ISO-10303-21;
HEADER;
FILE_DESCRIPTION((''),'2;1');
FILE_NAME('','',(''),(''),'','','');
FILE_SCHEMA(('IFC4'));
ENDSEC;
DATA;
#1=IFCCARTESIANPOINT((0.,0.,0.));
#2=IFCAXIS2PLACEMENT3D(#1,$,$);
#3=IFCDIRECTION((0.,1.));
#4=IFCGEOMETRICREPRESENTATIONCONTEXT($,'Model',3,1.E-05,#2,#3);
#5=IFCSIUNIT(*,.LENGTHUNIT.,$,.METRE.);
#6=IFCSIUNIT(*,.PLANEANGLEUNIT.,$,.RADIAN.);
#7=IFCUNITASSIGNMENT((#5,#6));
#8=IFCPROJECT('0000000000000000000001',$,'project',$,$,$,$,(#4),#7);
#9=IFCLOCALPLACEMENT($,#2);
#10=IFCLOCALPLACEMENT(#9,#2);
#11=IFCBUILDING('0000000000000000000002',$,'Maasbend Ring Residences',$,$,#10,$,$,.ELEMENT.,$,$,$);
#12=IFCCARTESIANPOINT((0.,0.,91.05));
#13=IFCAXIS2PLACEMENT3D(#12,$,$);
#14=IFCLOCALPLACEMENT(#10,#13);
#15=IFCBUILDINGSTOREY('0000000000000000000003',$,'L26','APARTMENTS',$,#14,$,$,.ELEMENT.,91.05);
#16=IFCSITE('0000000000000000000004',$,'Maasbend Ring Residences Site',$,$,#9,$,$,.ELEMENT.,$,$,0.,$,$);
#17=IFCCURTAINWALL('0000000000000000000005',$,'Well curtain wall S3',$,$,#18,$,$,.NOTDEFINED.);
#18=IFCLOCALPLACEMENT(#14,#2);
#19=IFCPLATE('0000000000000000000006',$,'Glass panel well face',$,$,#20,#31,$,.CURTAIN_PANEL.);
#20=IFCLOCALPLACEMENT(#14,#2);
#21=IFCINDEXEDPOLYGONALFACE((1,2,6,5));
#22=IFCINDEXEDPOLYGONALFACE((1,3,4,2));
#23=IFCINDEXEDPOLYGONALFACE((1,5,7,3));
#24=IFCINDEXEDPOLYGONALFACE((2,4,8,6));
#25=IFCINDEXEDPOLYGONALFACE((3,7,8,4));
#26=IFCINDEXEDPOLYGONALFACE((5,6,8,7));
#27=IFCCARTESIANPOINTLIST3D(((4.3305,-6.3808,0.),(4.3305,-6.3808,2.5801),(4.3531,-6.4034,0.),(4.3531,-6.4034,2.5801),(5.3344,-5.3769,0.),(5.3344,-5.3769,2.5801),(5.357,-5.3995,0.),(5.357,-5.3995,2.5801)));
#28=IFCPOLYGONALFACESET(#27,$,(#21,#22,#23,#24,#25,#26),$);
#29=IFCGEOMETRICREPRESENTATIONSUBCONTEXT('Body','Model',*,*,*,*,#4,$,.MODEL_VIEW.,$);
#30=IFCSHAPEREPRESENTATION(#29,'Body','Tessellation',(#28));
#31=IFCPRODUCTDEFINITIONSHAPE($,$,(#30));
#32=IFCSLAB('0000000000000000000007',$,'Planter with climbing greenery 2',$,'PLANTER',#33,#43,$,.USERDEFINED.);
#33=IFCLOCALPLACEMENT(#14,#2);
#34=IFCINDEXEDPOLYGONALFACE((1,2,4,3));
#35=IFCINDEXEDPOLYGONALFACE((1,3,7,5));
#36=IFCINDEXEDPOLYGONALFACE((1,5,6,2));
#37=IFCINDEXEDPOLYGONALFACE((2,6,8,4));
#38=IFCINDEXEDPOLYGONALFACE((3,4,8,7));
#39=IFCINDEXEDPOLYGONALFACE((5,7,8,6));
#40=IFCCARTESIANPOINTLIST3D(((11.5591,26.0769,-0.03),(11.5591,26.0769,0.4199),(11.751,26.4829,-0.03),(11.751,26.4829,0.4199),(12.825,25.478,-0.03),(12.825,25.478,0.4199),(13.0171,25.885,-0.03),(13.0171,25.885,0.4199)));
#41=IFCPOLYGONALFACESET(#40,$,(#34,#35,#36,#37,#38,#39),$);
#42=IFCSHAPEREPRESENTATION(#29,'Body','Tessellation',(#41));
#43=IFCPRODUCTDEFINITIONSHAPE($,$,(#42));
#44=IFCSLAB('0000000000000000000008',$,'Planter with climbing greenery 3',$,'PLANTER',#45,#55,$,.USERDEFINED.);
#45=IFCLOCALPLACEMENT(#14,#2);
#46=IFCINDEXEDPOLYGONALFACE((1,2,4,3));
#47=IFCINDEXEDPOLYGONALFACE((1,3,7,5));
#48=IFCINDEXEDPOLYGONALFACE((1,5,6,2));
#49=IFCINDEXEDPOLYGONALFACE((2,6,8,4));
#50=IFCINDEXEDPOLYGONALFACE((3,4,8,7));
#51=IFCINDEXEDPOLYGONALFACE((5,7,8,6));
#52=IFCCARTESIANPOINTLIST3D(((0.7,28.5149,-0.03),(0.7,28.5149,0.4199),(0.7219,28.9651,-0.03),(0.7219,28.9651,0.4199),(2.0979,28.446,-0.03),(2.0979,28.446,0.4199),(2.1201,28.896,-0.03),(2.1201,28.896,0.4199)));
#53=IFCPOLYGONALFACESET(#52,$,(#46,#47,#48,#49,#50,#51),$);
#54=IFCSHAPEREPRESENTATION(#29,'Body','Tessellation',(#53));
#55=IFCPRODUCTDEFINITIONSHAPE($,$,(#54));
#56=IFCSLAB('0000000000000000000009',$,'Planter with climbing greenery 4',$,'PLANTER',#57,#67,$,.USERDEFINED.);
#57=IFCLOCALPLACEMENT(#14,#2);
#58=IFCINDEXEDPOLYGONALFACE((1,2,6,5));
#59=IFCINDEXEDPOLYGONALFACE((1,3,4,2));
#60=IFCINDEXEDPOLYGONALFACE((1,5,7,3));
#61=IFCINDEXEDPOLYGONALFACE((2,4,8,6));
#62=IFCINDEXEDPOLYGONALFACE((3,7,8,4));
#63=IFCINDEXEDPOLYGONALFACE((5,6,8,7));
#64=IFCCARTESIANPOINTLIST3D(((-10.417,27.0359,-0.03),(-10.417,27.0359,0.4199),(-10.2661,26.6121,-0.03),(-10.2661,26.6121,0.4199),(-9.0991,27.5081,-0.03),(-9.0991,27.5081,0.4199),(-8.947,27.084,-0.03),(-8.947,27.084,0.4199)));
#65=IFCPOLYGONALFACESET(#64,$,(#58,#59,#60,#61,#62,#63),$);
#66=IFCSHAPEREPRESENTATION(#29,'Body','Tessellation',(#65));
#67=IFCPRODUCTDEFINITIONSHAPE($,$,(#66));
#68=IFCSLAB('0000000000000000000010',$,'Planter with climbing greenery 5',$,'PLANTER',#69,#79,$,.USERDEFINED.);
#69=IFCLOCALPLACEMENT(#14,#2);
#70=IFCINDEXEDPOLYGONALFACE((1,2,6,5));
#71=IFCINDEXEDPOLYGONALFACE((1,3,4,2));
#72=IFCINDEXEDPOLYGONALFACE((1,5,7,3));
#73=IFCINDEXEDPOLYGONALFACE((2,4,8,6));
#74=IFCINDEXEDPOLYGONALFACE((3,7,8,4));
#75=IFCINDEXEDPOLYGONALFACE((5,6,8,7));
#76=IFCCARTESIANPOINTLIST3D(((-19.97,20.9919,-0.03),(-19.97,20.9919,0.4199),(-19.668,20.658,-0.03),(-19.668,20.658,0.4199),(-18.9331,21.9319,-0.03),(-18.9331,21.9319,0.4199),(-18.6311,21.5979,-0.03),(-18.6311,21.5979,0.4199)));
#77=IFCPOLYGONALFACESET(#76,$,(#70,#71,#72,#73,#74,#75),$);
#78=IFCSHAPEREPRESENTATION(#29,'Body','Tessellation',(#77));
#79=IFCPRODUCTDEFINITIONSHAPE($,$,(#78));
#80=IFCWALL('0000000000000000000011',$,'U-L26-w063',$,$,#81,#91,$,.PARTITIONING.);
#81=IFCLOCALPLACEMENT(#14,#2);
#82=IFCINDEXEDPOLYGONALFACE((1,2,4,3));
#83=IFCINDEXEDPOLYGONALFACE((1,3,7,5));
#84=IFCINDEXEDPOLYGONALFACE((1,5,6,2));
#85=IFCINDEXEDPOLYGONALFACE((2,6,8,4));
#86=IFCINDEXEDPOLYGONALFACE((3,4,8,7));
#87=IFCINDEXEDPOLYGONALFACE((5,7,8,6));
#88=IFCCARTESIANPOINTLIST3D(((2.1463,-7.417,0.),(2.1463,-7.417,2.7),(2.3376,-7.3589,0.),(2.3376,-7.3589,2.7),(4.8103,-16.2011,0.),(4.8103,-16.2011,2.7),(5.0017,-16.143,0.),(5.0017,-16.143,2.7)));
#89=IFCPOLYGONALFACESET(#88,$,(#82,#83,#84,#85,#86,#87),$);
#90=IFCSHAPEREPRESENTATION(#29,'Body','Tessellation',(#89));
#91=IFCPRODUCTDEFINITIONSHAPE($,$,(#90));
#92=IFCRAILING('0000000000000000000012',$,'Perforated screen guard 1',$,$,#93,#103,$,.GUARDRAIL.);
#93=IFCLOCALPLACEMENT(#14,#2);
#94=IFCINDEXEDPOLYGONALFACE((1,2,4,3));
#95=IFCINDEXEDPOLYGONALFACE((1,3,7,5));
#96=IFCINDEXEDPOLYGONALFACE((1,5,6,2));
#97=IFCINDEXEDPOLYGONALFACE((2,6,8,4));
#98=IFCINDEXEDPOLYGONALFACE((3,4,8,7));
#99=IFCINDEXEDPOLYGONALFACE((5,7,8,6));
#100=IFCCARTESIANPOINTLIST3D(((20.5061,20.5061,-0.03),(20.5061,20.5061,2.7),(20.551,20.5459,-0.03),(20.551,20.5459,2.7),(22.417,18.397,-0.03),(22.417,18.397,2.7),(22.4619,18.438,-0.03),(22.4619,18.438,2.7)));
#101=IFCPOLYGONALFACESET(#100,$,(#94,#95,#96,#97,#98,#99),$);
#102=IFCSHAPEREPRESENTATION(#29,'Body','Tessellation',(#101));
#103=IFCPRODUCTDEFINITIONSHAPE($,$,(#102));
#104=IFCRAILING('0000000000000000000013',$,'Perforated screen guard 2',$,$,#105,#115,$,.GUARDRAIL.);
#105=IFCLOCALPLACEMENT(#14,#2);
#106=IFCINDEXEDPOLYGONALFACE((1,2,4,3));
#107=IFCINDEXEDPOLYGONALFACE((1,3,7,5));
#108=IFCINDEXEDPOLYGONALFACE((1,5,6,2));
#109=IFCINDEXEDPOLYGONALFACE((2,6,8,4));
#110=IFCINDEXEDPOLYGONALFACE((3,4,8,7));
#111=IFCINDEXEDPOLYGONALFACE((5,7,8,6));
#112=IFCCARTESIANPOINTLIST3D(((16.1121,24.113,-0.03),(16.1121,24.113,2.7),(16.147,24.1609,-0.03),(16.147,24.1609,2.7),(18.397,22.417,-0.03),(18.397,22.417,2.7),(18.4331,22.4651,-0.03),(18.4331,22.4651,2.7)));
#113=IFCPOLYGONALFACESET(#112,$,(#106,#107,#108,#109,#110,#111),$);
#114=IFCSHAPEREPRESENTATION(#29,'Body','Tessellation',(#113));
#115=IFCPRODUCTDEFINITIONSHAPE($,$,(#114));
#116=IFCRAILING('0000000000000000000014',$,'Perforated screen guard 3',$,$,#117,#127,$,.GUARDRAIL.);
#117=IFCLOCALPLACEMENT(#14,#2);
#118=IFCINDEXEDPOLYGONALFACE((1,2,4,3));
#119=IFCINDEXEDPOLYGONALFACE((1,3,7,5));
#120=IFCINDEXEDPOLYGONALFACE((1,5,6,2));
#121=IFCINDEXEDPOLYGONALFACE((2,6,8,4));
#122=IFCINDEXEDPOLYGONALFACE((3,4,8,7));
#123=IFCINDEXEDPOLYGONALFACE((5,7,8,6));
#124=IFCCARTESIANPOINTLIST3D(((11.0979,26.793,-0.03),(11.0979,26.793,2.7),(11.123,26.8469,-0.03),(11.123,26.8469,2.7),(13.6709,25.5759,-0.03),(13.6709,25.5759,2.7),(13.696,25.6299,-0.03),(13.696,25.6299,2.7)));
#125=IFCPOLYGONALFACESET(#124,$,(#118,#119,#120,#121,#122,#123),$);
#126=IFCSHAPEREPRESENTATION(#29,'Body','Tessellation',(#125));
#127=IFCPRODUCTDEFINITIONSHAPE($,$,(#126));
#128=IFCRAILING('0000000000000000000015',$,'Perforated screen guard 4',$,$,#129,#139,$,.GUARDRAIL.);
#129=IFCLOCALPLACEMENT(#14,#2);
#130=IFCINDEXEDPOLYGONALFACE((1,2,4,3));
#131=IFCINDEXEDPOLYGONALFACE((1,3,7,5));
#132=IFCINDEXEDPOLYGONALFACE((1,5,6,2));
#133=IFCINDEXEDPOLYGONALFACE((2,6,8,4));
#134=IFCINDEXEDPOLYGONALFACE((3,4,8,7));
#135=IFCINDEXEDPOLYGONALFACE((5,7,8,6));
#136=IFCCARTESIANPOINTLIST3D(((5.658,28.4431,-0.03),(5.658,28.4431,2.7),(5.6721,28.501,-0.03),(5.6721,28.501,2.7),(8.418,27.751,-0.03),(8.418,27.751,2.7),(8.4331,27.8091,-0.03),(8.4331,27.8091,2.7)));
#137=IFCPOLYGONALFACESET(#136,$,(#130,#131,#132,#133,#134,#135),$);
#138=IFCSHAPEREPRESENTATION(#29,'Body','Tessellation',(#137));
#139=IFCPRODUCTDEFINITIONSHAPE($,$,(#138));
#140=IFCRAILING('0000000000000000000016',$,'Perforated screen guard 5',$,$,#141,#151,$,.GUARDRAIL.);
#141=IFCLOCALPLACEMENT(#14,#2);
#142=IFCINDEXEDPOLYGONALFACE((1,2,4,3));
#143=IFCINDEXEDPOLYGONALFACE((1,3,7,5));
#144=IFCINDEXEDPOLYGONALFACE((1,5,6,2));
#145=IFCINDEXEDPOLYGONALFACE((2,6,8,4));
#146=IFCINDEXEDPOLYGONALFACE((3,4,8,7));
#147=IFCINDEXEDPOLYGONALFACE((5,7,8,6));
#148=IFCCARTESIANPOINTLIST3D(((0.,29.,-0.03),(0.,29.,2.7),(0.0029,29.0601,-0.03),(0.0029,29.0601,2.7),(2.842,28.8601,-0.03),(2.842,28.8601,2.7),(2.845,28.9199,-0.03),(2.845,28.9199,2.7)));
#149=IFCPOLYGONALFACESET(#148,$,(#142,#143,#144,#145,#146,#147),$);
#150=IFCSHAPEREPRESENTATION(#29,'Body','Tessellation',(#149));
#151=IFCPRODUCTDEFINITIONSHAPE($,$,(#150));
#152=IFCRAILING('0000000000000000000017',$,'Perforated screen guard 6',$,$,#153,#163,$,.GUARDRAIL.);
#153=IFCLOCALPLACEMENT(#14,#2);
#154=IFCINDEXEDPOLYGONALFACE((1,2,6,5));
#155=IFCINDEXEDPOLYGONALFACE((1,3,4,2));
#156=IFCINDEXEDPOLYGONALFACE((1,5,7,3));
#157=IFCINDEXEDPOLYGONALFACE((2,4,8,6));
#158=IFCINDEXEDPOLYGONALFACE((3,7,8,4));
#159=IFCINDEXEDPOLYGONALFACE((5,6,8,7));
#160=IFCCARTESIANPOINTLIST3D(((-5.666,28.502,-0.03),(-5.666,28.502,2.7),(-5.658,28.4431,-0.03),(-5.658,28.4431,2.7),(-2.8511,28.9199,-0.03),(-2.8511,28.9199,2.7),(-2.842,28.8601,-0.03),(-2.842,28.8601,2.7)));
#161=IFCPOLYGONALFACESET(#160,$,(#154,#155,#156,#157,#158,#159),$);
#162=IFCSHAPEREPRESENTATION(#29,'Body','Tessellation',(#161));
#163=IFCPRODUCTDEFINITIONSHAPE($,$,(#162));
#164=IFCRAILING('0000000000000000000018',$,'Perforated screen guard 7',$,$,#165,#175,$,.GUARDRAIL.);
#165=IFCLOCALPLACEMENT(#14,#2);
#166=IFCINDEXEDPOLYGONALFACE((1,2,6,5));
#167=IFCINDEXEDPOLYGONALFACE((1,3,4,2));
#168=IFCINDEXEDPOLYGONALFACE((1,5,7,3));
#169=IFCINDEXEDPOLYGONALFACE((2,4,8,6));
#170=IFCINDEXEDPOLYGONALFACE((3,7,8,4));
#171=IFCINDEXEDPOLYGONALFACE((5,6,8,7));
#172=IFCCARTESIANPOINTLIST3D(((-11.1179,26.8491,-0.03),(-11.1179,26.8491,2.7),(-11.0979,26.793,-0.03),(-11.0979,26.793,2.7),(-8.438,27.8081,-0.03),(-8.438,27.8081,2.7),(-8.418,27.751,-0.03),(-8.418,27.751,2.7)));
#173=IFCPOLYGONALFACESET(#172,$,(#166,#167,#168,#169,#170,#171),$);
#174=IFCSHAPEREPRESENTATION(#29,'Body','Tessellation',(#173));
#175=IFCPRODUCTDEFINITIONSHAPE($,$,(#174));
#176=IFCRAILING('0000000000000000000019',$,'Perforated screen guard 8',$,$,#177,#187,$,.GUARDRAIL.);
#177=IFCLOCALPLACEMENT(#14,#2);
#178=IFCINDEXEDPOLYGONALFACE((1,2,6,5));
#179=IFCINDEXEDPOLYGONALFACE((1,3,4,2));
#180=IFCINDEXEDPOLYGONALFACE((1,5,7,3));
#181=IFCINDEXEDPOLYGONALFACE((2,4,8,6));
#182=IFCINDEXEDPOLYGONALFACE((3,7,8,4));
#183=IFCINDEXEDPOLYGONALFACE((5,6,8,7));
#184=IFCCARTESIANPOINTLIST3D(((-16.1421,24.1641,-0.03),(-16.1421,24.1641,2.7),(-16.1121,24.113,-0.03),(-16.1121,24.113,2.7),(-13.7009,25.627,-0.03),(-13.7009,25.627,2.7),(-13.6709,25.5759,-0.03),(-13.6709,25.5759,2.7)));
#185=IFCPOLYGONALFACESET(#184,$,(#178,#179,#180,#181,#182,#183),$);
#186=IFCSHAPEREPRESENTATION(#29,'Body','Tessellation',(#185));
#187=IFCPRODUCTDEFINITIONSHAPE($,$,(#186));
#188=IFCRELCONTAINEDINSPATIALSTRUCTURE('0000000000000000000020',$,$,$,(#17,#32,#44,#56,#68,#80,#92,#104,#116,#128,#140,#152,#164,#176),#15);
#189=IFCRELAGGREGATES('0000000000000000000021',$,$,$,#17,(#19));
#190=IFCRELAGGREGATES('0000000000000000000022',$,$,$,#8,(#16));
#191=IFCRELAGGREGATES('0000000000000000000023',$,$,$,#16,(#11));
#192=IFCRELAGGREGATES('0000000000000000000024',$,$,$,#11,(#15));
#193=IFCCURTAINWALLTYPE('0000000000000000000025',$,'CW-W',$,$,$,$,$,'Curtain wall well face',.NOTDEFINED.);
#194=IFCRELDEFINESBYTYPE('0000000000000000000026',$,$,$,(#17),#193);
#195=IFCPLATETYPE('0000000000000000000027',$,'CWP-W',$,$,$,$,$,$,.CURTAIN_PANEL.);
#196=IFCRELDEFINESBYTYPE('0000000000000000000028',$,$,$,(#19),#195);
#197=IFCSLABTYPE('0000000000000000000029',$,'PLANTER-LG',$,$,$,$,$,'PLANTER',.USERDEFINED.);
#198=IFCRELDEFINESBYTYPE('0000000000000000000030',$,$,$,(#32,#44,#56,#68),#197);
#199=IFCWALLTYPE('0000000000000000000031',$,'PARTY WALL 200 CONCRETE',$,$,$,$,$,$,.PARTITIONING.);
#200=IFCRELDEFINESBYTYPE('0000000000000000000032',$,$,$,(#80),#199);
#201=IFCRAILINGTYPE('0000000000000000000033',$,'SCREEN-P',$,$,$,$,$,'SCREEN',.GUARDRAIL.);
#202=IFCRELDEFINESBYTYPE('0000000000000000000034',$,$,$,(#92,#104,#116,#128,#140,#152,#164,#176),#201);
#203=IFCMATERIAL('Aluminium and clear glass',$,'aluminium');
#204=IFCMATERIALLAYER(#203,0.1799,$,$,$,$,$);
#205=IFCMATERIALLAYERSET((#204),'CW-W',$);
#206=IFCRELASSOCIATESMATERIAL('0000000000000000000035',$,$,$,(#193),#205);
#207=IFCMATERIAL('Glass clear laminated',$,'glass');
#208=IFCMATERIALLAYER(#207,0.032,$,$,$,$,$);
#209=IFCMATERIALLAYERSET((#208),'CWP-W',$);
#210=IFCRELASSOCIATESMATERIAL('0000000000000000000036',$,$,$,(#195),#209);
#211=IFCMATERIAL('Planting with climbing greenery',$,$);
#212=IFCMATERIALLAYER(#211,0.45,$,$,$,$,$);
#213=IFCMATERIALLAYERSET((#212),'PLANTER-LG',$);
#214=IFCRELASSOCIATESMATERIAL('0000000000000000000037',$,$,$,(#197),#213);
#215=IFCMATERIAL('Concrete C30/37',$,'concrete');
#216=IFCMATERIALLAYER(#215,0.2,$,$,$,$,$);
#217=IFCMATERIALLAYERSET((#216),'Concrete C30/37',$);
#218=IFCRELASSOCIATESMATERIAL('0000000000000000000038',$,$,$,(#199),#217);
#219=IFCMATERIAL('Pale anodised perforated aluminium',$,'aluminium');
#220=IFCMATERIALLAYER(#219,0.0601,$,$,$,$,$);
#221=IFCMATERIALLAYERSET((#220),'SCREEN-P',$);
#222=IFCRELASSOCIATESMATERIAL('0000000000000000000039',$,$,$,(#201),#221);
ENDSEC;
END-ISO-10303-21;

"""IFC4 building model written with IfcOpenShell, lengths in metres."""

from ifc_helpers import new_model, si_unit, direction, frame, frame_2d, origin, origin_2d, place, context, subcontext, project, spatial, polyline, rectangle, outline, extrude, material, layer, layer_set, type_object, element, aggregate, save


model = new_model("IFC4")

# Units and contexts
model_context = context("Model", 3, precision=1e-05, world=origin(), true_north=direction((0.0, 1.0)))
body_context = subcontext(model_context, "Body", "Model", "MODEL_VIEW")
ifc_project = project(units=[si_unit("LENGTHUNIT", "METRE"), si_unit("PLANEANGLEUNIT", "RADIAN")], contexts=[model_context])

# Site, building, storey
site_placement = place(None, origin())
site = spatial("IfcSite", under=ifc_project, at=site_placement, Name="Maasbend Ring Residences Site", CompositionType="ELEMENT", RefElevation=0.0)
building_placement = place(site_placement, origin())
building = spatial("IfcBuilding", under=site, at=building_placement, Name="Maasbend Ring Residences", CompositionType="ELEMENT")
storey_placement = place(building_placement, frame((0.0, 0.0, 91.05)))
storey = spatial("IfcBuildingStorey", under=building, at=storey_placement, Name="L26", Description="APARTMENTS", CompositionType="ELEMENT", Elevation=91.05)

# Shared definitions
ifc_material_1 = material(Name="Aluminium and clear glass", Category="aluminium")
ifc_layer_1 = layer(ifc_material_1, 0.1799)
ifc_layer_set_1 = layer_set([ifc_layer_1], Name="CW-W")
curtain_wall_type = type_object("IfcCurtainWallType", Name="CW-W", ElementType="Curtain wall well face", PredefinedType="NOTDEFINED", material=ifc_layer_set_1)

# Curtain wall
curtain_wall_1_placement = place(storey_placement, origin())
curtain_wall_1 = element("IfcCurtainWall", 1, at=curtain_wall_1_placement, inside=storey, type_object=curtain_wall_type, Name="Well curtain wall S3", PredefinedType="NOTDEFINED")

# Plate
ifc_material_2 = material(Name="Glass clear laminated", Category="glass")
ifc_layer_2 = layer(ifc_material_2, 0.032)
ifc_layer_set_2 = layer_set([ifc_layer_2], Name="CWP-W")
plate_type = type_object("IfcPlateType", Name="CWP-W", PredefinedType="CURTAIN_PANEL", material=ifc_layer_set_2)
plate_1_placement = place(storey_placement, frame((4.8438, -5.8901, 0.0), z_axis=(0.0, 0.0, 1.0), x_axis=(0.707107, 0.707107, 0.0)))
plate_1 = element("IfcPlate", 2, at=plate_1_placement, type_object=plate_type, Name="Glass panel well face", PredefinedType="CURTAIN_PANEL", context=body_context, shape_type="SweptSolid", body=[
    extrude(rectangle(XDim=1.4197, YDim=0.032, at=origin_2d()), origin(), (0.0, 0.0, 1.0), 2.5801),
])
aggregate(curtain_wall_1, [plate_1])

# Slabs
ifc_material_3 = material(Name="Planting with climbing greenery")
ifc_layer_3 = layer(ifc_material_3, 0.45)
ifc_layer_set_3 = layer_set([ifc_layer_3], Name="PLANTER-LG")
slab_type_1 = type_object("IfcSlabType", Name="PLANTER-LG", ElementType="PLANTER", PredefinedType="USERDEFINED", material=ifc_layer_set_3)
slab_1_placement = place(storey_placement, frame((0.0, 0.0, -0.03)))
element("IfcSlab", 3, at=slab_1_placement, inside=storey, type_object=slab_type_1, Name="Planter with climbing greenery 2", ObjectType="PLANTER", PredefinedType="USERDEFINED", context=body_context, shape_type="SweptSolid", body=[
    extrude(outline(polyline([(13.0171, 25.885), (11.751, 26.4829), (11.5591, 26.0769), (12.825, 25.478), (13.0171, 25.885)])), origin(), (0.0, 0.0, 1.0), 0.45),
])
slab_2_placement = place(storey_placement, frame((0.0, 0.0, -0.03)))
element("IfcSlab", 4, at=slab_2_placement, inside=storey, type_object=slab_type_1, Name="Planter with climbing greenery 3", ObjectType="PLANTER", PredefinedType="USERDEFINED", context=body_context, shape_type="SweptSolid", body=[
    extrude(outline(polyline([(2.1201, 28.896), (0.7219, 28.9651), (0.7, 28.5149), (2.0979, 28.446), (2.1201, 28.896)])), origin(), (0.0, 0.0, 1.0), 0.45),
])
slab_3_placement = place(storey_placement, frame((0.0, 0.0, -0.03)))
element("IfcSlab", 5, at=slab_3_placement, inside=storey, type_object=slab_type_1, Name="Planter with climbing greenery 4", ObjectType="PLANTER", PredefinedType="USERDEFINED", context=body_context, shape_type="SweptSolid", body=[
    extrude(outline(polyline([(-9.0991, 27.5081), (-10.417, 27.0359), (-10.2661, 26.6121), (-8.947, 27.084), (-9.0991, 27.5081)])), origin(), (0.0, 0.0, 1.0), 0.45),
])
slab_4_placement = place(storey_placement, frame((0.0, 0.0, -0.03)))
element("IfcSlab", 6, at=slab_4_placement, inside=storey, type_object=slab_type_1, Name="Planter with climbing greenery 5", ObjectType="PLANTER", PredefinedType="USERDEFINED", context=body_context, shape_type="SweptSolid", body=[
    extrude(outline(polyline([(-18.9331, 21.9319), (-19.97, 20.9919), (-19.668, 20.658), (-18.6311, 21.5979), (-18.9331, 21.9319)])), origin(), (0.0, 0.0, 1.0), 0.45),
])

# Wall
ifc_material_4 = material(Name="Concrete C30/37", Category="concrete")
ifc_layer_4 = layer(ifc_material_4, 0.2)
ifc_layer_set_4 = layer_set([ifc_layer_4], Name="Concrete C30/37")
wall_type = type_object("IfcWallType", Name="PARTY WALL 200 CONCRETE", PredefinedType="PARTITIONING", material=ifc_layer_set_4)
wall_placement = place(storey_placement, frame((2.2419, -7.3879, 0.0), z_axis=(0.0, 0.0, 1.0), x_axis=(0.290226, -0.956958, 0.0)))
element("IfcWall", 7, at=wall_placement, inside=storey, type_object=wall_type, Name="U-L26-w063", PredefinedType="PARTITIONING", context=body_context, shape_type="SweptSolid", body=[
    extrude(rectangle(XDim=9.1792, YDim=0.2, at=frame_2d((4.5896, 0.0))), origin(), (0.0, 0.0, 1.0), 2.7),
])

# Railings
ifc_material_5 = material(Name="Pale anodised perforated aluminium", Category="aluminium")
ifc_layer_5 = layer(ifc_material_5, 0.0601)
ifc_layer_set_5 = layer_set([ifc_layer_5], Name="SCREEN-P")
railing_type = type_object("IfcRailingType", Name="SCREEN-P", ElementType="SCREEN", PredefinedType="GUARDRAIL", material=ifc_layer_set_5)
railing_1_placement = place(storey_placement, frame((0.0, 0.0, -0.03)))
element("IfcRailing", 8, at=railing_1_placement, inside=storey, type_object=railing_type, Name="Perforated screen guard 1", PredefinedType="GUARDRAIL", context=body_context, shape_type="SweptSolid", body=[
    extrude(outline(polyline([(22.417, 18.397), (20.5061, 20.5061), (20.551, 20.5459), (22.4619, 18.438), (22.417, 18.397)])), origin(), (0.0, 0.0, 1.0), 2.73),
])
railing_2_placement = place(storey_placement, frame((0.0, 0.0, -0.03)))
element("IfcRailing", 9, at=railing_2_placement, inside=storey, type_object=railing_type, Name="Perforated screen guard 2", PredefinedType="GUARDRAIL", context=body_context, shape_type="SweptSolid", body=[
    extrude(outline(polyline([(18.397, 22.417), (16.1121, 24.113), (16.147, 24.1609), (18.4331, 22.4651), (18.397, 22.417)])), origin(), (0.0, 0.0, 1.0), 2.73),
])
railing_3_placement = place(storey_placement, frame((0.0, 0.0, -0.03)))
element("IfcRailing", 10, at=railing_3_placement, inside=storey, type_object=railing_type, Name="Perforated screen guard 3", PredefinedType="GUARDRAIL", context=body_context, shape_type="SweptSolid", body=[
    extrude(outline(polyline([(13.6709, 25.5759), (11.0979, 26.793), (11.123, 26.8469), (13.696, 25.6299), (13.6709, 25.5759)])), origin(), (0.0, 0.0, 1.0), 2.73),
])
railing_4_placement = place(storey_placement, frame((0.0, 0.0, -0.03)))
element("IfcRailing", 11, at=railing_4_placement, inside=storey, type_object=railing_type, Name="Perforated screen guard 4", PredefinedType="GUARDRAIL", context=body_context, shape_type="SweptSolid", body=[
    extrude(outline(polyline([(8.418, 27.751), (5.658, 28.4431), (5.6721, 28.501), (8.4331, 27.8091), (8.418, 27.751)])), origin(), (0.0, 0.0, 1.0), 2.73),
])
railing_5_placement = place(storey_placement, frame((0.0, 0.0, -0.03)))
element("IfcRailing", 12, at=railing_5_placement, inside=storey, type_object=railing_type, Name="Perforated screen guard 5", PredefinedType="GUARDRAIL", context=body_context, shape_type="SweptSolid", body=[
    extrude(outline(polyline([(2.842, 28.8601), (0.0, 29.0), (0.0029, 29.0601), (2.845, 28.9199), (2.842, 28.8601)])), origin(), (0.0, 0.0, 1.0), 2.73),
])
railing_6_placement = place(storey_placement, frame((0.0, 0.0, -0.03)))
element("IfcRailing", 13, at=railing_6_placement, inside=storey, type_object=railing_type, Name="Perforated screen guard 6", PredefinedType="GUARDRAIL", context=body_context, shape_type="SweptSolid", body=[
    extrude(outline(polyline([(-2.842, 28.8601), (-5.658, 28.4431), (-5.666, 28.502), (-2.8511, 28.9199), (-2.842, 28.8601)])), origin(), (0.0, 0.0, 1.0), 2.73),
])
railing_7_placement = place(storey_placement, frame((0.0, 0.0, -0.03)))
element("IfcRailing", 14, at=railing_7_placement, inside=storey, type_object=railing_type, Name="Perforated screen guard 7", PredefinedType="GUARDRAIL", context=body_context, shape_type="SweptSolid", body=[
    extrude(outline(polyline([(-8.418, 27.751), (-11.0979, 26.793), (-11.1179, 26.8491), (-8.438, 27.8081), (-8.418, 27.751)])), origin(), (0.0, 0.0, 1.0), 2.73),
])
railing_8_placement = place(storey_placement, frame((0.0, 0.0, -0.03)))
element("IfcRailing", 15, at=railing_8_placement, inside=storey, type_object=railing_type, Name="Perforated screen guard 8", PredefinedType="GUARDRAIL", context=body_context, shape_type="SweptSolid", body=[
    extrude(outline(polyline([(-13.6709, 25.5759), (-16.1121, 24.113), (-16.1421, 24.1641), (-13.7009, 25.627), (-13.6709, 25.5759)])), origin(), (0.0, 0.0, 1.0), 2.73),
])

save(model, "model.ifc")
